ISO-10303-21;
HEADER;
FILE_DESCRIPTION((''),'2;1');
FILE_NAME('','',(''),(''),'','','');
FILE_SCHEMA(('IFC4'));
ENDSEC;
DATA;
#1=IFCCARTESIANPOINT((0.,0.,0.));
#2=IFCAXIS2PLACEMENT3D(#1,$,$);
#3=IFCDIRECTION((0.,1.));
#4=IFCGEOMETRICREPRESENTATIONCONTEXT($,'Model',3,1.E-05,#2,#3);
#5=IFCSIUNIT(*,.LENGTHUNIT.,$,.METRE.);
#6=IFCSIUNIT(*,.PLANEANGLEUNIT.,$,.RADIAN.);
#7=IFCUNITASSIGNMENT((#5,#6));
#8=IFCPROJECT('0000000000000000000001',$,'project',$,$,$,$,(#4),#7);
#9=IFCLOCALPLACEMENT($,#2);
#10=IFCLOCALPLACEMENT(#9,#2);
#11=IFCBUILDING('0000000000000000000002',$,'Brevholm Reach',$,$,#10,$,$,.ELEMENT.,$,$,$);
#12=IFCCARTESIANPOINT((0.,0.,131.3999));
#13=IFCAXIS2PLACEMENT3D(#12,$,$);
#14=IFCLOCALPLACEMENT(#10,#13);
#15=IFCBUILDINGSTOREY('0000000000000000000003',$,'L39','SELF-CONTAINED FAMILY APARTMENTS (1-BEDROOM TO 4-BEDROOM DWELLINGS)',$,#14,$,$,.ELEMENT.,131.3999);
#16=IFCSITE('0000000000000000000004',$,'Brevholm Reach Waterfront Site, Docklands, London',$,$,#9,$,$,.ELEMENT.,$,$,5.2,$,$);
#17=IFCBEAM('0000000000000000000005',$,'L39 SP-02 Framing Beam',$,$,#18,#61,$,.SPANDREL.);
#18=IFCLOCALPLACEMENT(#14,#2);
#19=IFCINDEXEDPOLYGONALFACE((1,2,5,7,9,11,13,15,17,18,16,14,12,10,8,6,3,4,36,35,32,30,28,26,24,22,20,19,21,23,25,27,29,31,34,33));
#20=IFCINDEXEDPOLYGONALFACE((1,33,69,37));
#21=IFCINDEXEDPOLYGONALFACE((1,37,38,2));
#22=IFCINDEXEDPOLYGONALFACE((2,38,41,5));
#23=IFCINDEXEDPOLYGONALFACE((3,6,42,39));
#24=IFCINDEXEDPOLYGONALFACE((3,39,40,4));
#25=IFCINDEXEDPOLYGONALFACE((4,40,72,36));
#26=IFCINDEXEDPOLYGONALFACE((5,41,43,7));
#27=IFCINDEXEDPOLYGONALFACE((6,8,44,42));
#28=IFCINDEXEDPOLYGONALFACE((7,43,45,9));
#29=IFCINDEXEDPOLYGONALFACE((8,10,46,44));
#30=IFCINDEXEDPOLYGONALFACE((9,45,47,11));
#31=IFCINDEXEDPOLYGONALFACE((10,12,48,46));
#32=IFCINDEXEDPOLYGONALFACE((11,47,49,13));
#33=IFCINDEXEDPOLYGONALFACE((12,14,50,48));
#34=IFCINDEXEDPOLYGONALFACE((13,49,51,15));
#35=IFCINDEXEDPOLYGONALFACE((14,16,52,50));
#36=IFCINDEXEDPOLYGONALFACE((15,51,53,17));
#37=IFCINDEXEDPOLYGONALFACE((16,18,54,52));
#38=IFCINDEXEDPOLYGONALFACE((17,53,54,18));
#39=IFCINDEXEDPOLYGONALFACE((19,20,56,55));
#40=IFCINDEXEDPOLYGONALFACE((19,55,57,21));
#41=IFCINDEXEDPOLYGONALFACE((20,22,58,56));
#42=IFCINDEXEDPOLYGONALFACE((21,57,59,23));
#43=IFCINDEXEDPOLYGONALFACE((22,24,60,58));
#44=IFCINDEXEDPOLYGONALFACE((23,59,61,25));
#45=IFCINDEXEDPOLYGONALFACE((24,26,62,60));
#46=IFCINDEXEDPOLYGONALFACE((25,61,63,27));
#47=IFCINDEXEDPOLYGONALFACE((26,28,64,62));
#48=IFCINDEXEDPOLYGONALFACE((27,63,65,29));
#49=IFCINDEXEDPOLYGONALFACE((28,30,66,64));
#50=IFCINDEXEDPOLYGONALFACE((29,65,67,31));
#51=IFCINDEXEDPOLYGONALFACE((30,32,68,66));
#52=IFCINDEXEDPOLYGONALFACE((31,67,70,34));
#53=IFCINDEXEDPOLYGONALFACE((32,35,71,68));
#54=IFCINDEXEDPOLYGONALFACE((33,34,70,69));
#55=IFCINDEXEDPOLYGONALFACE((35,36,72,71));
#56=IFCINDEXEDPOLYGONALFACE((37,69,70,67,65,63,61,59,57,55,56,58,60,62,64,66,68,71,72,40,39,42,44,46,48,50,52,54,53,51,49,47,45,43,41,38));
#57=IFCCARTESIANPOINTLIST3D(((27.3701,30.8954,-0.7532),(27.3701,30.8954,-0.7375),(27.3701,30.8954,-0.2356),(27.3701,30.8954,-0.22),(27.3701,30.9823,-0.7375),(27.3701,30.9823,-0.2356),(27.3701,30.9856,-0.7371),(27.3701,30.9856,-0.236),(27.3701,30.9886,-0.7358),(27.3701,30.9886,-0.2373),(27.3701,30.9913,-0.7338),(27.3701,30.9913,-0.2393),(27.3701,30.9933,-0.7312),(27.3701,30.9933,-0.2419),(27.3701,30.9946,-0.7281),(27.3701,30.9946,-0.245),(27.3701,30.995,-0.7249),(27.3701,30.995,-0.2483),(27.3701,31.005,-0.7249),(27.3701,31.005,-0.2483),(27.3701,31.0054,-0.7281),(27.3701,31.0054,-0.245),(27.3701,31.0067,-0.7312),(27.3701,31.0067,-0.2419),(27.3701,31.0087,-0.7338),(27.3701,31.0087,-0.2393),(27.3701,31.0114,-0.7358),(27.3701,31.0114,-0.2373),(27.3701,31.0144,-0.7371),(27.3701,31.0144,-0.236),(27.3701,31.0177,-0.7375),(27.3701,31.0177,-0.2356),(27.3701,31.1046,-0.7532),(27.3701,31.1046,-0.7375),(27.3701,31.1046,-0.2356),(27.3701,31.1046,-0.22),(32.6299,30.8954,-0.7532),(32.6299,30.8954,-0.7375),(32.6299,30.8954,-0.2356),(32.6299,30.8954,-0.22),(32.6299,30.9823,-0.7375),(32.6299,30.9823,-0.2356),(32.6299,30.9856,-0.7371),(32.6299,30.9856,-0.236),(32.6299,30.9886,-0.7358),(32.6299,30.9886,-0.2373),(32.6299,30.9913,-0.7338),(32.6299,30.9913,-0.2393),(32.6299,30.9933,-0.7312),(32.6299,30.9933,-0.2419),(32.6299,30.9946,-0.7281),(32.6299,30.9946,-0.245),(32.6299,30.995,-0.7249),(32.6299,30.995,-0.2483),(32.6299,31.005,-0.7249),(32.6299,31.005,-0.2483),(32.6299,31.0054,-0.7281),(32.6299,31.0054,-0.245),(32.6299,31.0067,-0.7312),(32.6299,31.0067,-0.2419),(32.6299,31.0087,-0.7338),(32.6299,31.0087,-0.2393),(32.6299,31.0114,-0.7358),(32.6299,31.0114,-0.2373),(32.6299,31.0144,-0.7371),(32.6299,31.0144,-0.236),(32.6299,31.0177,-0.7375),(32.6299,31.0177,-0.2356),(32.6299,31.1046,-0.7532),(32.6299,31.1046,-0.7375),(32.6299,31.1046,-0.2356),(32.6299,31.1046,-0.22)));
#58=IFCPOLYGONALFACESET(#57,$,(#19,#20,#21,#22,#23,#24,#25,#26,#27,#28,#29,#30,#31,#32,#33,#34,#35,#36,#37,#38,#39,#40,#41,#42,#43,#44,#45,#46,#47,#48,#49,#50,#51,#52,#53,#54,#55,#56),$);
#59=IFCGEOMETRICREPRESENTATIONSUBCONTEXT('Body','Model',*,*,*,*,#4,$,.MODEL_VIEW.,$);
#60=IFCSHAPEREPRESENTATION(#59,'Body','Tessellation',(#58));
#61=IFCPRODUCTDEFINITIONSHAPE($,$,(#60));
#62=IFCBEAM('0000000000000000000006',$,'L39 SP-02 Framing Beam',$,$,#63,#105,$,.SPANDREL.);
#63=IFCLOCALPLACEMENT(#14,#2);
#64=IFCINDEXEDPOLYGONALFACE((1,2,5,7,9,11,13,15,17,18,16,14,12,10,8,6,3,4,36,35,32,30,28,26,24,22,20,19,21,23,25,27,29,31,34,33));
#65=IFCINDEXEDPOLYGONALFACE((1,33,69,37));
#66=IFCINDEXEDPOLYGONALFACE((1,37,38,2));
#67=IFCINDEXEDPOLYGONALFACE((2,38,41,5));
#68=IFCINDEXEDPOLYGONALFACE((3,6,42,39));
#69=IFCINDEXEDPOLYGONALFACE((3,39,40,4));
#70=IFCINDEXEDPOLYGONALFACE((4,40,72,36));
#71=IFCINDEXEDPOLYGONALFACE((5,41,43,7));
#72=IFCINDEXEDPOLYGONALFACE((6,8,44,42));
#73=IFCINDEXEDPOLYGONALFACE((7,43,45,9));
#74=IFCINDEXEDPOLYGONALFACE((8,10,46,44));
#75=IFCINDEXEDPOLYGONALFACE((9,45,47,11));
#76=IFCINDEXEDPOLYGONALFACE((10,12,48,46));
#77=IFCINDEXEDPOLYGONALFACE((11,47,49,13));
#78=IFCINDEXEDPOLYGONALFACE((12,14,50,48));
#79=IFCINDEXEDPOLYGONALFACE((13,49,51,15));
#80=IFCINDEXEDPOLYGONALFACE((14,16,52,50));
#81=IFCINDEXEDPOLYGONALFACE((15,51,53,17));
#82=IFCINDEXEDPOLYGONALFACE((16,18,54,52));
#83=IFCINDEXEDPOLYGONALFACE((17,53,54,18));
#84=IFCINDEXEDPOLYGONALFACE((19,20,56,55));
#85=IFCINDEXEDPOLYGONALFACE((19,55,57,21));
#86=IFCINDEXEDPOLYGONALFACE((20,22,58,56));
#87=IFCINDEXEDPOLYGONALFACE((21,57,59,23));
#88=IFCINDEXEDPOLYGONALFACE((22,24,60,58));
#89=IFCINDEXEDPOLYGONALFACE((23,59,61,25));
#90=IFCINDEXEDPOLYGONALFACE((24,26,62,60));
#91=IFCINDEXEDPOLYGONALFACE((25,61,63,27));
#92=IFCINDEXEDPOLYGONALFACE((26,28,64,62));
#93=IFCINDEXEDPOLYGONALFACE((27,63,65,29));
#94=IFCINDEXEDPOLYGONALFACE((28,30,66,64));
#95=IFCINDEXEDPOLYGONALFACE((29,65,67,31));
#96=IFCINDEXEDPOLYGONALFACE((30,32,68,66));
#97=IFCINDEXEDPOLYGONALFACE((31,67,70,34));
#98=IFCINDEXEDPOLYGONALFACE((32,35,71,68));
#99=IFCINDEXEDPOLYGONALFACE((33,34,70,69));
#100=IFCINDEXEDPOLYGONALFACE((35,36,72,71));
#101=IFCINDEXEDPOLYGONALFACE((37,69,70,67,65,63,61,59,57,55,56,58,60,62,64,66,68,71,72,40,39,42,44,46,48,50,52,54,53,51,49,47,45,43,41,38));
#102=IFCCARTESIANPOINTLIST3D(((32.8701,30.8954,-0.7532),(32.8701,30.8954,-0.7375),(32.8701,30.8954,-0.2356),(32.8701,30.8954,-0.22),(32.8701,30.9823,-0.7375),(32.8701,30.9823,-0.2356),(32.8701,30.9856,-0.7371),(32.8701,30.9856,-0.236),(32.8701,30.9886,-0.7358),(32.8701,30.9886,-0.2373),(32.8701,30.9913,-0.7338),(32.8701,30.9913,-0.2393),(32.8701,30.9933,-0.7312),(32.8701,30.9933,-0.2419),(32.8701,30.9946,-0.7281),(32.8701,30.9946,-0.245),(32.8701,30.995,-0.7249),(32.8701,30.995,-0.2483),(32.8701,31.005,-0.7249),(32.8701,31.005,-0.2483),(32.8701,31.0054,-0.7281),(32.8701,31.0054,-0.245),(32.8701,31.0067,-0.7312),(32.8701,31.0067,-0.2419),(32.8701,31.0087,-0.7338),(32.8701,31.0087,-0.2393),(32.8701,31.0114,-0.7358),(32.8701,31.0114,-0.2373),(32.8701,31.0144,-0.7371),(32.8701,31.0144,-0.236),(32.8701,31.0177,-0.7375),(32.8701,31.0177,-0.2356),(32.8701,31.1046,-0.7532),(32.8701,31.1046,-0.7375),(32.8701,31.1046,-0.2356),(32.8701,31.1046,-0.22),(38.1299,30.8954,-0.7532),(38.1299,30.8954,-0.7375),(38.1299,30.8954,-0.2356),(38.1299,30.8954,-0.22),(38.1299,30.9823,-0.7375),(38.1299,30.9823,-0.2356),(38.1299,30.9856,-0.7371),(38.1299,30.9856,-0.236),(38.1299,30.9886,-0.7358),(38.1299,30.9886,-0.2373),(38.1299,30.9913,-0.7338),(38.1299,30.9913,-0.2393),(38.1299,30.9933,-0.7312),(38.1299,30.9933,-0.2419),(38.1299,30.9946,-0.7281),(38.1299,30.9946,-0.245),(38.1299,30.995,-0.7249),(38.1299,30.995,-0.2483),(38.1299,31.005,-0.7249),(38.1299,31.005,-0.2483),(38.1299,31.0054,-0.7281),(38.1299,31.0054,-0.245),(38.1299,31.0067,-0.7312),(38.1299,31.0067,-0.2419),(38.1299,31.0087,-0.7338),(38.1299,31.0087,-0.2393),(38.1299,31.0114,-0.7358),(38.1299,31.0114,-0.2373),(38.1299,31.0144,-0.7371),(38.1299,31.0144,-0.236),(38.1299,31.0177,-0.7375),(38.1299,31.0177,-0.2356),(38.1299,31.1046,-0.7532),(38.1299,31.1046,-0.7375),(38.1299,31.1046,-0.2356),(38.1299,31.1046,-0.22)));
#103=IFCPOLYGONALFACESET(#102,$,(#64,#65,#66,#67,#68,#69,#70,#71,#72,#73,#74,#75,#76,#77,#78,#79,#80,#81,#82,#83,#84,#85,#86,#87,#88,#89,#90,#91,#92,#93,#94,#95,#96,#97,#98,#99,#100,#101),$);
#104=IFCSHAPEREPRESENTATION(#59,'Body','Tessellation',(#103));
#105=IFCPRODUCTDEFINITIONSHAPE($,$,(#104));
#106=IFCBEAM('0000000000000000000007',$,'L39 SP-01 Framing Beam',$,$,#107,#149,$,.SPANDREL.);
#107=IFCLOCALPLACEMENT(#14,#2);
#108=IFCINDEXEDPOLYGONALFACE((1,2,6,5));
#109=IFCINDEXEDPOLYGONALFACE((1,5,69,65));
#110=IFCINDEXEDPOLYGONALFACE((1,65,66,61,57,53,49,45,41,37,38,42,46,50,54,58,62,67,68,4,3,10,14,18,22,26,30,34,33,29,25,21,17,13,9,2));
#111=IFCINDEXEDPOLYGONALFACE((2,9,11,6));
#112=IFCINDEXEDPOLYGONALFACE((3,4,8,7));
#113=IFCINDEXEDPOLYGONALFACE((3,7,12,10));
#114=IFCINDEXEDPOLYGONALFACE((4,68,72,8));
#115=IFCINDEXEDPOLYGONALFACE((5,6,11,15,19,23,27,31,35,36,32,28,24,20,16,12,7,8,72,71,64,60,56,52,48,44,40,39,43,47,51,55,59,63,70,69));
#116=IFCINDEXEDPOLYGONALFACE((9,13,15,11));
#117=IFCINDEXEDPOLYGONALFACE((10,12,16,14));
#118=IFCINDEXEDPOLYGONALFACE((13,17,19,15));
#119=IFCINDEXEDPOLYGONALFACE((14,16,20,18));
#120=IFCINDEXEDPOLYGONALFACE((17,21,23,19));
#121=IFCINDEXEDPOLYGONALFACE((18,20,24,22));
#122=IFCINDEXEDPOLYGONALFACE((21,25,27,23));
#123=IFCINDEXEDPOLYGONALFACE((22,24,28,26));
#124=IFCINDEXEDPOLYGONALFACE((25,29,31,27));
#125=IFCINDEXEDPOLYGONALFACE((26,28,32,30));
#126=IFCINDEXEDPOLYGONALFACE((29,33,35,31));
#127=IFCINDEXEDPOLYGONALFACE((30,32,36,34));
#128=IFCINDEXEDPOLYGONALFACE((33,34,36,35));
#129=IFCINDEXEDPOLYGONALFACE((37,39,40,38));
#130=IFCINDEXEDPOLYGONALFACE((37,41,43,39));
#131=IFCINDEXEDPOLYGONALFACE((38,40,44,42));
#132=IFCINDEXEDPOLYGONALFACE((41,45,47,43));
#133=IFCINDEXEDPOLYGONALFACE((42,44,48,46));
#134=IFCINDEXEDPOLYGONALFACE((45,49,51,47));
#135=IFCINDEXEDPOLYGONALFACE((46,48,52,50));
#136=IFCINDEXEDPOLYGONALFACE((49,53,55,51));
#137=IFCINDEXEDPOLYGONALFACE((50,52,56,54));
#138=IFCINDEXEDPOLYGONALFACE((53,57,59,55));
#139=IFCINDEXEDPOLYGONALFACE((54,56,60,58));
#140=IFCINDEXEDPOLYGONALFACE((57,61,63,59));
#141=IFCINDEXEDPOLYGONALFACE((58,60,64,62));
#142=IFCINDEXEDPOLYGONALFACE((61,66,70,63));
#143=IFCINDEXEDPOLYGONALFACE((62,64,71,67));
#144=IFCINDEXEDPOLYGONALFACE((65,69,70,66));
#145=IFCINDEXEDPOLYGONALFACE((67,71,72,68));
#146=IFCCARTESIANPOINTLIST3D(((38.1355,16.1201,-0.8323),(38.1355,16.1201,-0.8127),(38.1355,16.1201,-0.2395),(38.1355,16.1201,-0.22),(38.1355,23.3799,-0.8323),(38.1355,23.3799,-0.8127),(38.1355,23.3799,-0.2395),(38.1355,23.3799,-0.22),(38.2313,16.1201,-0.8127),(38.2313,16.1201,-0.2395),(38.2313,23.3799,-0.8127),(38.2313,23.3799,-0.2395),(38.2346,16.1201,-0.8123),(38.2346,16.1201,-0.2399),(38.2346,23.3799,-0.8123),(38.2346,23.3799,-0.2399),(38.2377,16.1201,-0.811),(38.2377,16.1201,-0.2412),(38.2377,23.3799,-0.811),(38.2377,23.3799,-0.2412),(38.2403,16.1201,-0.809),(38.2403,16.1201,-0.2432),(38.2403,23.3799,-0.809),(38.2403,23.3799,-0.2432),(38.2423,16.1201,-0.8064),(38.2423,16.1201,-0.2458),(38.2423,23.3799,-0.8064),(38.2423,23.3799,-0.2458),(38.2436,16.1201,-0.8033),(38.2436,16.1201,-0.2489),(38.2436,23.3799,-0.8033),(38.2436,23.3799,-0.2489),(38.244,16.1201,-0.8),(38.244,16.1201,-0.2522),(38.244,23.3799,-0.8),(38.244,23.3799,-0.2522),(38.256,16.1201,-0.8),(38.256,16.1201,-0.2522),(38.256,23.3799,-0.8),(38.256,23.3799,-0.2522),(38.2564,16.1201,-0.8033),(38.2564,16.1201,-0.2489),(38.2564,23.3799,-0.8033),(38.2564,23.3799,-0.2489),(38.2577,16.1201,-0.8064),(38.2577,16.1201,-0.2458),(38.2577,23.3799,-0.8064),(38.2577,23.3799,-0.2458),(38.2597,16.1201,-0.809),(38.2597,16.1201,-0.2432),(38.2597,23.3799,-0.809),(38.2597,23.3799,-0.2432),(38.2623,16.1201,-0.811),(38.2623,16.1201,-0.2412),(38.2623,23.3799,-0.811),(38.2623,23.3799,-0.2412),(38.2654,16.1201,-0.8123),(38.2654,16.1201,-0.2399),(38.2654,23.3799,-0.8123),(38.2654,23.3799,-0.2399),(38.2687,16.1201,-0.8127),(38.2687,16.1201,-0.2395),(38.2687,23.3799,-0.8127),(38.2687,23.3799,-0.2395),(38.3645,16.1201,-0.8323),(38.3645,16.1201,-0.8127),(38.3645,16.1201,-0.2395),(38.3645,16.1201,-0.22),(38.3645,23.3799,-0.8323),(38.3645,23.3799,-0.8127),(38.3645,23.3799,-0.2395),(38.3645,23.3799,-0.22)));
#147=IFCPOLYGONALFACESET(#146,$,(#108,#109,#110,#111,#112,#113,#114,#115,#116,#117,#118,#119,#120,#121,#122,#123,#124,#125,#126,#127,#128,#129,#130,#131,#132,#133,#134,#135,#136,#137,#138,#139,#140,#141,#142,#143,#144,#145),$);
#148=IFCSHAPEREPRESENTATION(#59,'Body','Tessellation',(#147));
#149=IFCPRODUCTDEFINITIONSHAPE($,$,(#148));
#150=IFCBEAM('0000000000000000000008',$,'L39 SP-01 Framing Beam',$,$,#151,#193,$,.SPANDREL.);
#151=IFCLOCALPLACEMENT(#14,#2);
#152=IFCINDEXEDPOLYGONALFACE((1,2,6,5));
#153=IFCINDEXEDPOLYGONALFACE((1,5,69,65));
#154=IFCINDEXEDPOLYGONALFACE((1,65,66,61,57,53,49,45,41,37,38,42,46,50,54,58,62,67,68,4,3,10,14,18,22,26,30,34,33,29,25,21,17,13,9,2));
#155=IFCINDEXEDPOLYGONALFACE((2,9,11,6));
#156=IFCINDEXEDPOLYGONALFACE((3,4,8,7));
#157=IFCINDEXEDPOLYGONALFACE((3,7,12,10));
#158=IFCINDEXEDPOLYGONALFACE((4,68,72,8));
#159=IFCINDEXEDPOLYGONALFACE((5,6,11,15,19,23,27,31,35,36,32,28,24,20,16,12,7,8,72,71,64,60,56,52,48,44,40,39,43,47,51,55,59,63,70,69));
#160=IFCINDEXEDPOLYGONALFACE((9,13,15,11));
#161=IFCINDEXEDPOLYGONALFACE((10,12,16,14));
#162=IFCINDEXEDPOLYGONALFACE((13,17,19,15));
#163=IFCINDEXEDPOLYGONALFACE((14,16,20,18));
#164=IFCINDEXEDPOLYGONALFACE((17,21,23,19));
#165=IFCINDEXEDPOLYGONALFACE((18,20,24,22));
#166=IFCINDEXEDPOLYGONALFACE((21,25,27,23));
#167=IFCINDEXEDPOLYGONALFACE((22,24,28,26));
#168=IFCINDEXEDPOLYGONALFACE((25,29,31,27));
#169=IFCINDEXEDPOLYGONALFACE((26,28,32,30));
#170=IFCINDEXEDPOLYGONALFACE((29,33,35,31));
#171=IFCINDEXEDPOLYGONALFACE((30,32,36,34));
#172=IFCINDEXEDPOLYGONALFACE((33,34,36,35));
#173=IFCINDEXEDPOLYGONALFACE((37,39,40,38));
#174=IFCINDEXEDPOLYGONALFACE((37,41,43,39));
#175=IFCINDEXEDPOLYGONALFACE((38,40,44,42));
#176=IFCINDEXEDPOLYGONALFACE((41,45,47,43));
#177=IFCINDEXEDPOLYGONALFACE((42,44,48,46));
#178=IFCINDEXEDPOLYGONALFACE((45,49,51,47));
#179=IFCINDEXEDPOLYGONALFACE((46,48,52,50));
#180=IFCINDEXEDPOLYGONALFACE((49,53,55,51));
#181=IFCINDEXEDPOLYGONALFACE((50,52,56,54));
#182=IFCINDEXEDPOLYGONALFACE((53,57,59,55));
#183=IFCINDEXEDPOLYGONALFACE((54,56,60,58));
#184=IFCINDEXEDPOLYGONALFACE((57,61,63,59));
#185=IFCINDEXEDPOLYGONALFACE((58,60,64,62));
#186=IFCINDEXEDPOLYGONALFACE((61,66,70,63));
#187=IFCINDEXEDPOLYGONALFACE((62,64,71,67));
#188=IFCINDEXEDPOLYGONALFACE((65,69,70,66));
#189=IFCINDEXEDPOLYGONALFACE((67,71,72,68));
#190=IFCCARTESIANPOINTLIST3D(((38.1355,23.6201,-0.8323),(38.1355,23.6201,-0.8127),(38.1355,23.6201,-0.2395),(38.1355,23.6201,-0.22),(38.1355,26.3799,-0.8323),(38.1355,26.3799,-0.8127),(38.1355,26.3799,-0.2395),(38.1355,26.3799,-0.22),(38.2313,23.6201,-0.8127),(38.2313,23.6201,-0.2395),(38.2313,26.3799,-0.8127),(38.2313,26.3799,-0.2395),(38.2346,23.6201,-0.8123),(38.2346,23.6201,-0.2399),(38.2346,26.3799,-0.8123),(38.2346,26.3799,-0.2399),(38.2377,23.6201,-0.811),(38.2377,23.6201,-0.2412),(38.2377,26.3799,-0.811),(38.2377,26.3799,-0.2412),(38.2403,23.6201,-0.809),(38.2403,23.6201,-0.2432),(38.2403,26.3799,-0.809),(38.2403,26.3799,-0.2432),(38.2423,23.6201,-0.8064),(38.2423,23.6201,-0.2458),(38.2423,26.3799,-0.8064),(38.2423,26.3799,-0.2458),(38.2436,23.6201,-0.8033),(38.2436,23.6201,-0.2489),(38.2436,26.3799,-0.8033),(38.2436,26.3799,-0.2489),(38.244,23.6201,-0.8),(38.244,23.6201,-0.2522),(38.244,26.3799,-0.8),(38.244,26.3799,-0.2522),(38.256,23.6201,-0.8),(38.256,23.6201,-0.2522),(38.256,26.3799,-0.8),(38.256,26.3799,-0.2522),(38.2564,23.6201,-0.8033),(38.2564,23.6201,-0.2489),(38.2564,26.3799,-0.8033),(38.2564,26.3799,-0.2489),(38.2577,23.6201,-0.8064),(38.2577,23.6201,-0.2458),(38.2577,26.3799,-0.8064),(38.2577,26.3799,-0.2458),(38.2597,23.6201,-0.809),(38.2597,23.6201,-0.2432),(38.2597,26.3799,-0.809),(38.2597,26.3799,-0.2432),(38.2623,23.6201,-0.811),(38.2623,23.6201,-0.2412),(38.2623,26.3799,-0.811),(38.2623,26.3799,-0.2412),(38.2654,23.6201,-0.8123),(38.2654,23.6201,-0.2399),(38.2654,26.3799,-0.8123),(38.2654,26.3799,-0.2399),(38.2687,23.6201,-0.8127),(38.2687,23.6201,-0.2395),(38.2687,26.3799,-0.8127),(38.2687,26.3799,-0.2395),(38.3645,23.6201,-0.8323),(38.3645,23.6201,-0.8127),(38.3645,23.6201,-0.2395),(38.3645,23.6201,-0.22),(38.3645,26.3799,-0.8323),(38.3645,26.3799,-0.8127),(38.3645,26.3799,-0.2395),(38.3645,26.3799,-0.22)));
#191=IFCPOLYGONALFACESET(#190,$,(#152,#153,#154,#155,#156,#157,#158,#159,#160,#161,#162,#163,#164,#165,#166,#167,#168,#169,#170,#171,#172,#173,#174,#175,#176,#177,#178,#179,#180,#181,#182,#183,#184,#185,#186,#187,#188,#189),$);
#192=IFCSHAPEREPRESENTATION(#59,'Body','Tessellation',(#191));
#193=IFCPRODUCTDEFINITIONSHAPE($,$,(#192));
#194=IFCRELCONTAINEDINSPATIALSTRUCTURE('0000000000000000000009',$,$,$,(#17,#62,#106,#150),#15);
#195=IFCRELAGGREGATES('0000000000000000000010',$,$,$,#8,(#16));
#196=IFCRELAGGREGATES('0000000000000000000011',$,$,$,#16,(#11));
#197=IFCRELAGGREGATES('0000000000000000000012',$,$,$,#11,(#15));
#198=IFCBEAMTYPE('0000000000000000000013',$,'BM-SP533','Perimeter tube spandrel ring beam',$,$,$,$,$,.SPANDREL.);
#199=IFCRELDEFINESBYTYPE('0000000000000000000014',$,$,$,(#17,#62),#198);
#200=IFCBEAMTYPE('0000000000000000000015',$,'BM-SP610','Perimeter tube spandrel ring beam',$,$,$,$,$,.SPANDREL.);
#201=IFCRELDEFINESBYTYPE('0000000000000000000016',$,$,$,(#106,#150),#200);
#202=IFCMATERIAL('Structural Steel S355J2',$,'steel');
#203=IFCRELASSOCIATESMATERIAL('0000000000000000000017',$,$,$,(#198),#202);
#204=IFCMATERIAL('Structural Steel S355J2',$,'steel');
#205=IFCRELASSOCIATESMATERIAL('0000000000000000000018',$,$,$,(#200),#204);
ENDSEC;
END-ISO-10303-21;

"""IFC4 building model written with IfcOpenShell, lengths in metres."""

from ifc_helpers import new_model, si_unit, direction, frame, origin, origin_2d, place, context, subcontext, project, spatial, i_section, extrude, material, material_profile, profile_set, type_object, element, save


model = new_model("IFC4")

# Units and contexts
model_context = context("Model", 3, precision=1e-05, world=origin(), true_north=direction((0.0, 1.0)))
body_context = subcontext(model_context, "Body", "Model", "MODEL_VIEW")
ifc_project = project(units=[si_unit("LENGTHUNIT", "METRE"), si_unit("PLANEANGLEUNIT", "RADIAN")], contexts=[model_context])

# Site, building, storey
site_placement = place(None, origin())
site = spatial("IfcSite", under=ifc_project, at=site_placement, Name="Brevholm Reach Waterfront Site, Docklands, London", CompositionType="ELEMENT", RefElevation=5.2)
building_placement = place(site_placement, origin())
building = spatial("IfcBuilding", under=site, at=building_placement, Name="Brevholm Reach", CompositionType="ELEMENT")
storey_placement = place(building_placement, frame((0.0, 0.0, 131.3999)))
storey = spatial("IfcBuildingStorey", under=building, at=storey_placement, Name="L39", Description="SELF-CONTAINED FAMILY APARTMENTS (1-BEDROOM TO 4-BEDROOM DWELLINGS)", CompositionType="ELEMENT", Elevation=131.3999)

# Beams
ifc_material_1 = material(Name="Structural Steel S355J2", Category="steel")
ifc_material_profile_1 = material_profile(ifc_material_1, i_section(OverallWidth=0.2092, OverallDepth=0.5332, WebThickness=0.01, FlangeThickness=0.0156, FilletRadius=0.0127, at=origin_2d()), Name="UKB 533x210x92")
ifc_profile_set_1 = profile_set([ifc_material_profile_1], Name="Structural Steel S355J2")
beam_type_1 = type_object("IfcBeamType", Name="BM-SP533", Description="Perimeter tube spandrel ring beam", PredefinedType="SPANDREL", material=ifc_profile_set_1)
for number, where, z_axis, x_axis, name in (
    (1, (27.3701, 31.0, -0.4866), (1.0, 0.0, 0.0), (0.0, 1.0, 0.0), "L39 SP-02 Framing Beam"),
    (2, (32.8701, 31.0, -0.4866), (1.0, 0.0, 0.0), (0.0, 1.0, 0.0), "L39 SP-02 Framing Beam"),
):
    element("IfcBeam", number, at=place(storey_placement, frame(where, z_axis=z_axis, x_axis=x_axis)), inside=storey, type_object=beam_type_1, Name=name, PredefinedType="SPANDREL", context=body_context, shape_type="SweptSolid", body=[
        extrude(i_section(OverallWidth=0.2092, OverallDepth=0.5332, WebThickness=0.01, FlangeThickness=0.0156, FilletRadius=0.0127, at=origin_2d()), origin(), (0.0, 0.0, 1.0), 5.2598),
    ])
ifc_material_2 = material(Name="Structural Steel S355J2", Category="steel")
ifc_material_profile_2 = material_profile(ifc_material_2, i_section(OverallWidth=0.229, OverallDepth=0.6123, WebThickness=0.012, FlangeThickness=0.0195, FilletRadius=0.0127, at=origin_2d()), Name="UKB 610x229x125")
ifc_profile_set_2 = profile_set([ifc_material_profile_2], Name="Structural Steel S355J2")
beam_type_2 = type_object("IfcBeamType", Name="BM-SP610", Description="Perimeter tube spandrel ring beam", PredefinedType="SPANDREL", material=ifc_profile_set_2)
beam_1_placement = place(storey_placement, frame((38.25, 16.1201, -0.5261), z_axis=(0.0, 1.0, 0.0), x_axis=(-1.0, 0.0, 0.0)))
element("IfcBeam", 3, at=beam_1_placement, inside=storey, type_object=beam_type_2, Name="L39 SP-01 Framing Beam", PredefinedType="SPANDREL", context=body_context, shape_type="SweptSolid", body=[
    extrude(i_section(OverallWidth=0.229, OverallDepth=0.6123, WebThickness=0.012, FlangeThickness=0.0195, FilletRadius=0.0127, at=origin_2d()), origin(), (0.0, 0.0, 1.0), 7.2598),
])
beam_2_placement = place(storey_placement, frame((38.25, 23.6201, -0.5261), z_axis=(0.0, 1.0, 0.0), x_axis=(-1.0, 0.0, 0.0)))
element("IfcBeam", 4, at=beam_2_placement, inside=storey, type_object=beam_type_2, Name="L39 SP-01 Framing Beam", PredefinedType="SPANDREL", context=body_context, shape_type="SweptSolid", body=[
    extrude(i_section(OverallWidth=0.229, OverallDepth=0.6123, WebThickness=0.012, FlangeThickness=0.0195, FilletRadius=0.0127, at=origin_2d()), origin(), (0.0, 0.0, 1.0), 2.7598),
])

save(model, "model.ifc")
